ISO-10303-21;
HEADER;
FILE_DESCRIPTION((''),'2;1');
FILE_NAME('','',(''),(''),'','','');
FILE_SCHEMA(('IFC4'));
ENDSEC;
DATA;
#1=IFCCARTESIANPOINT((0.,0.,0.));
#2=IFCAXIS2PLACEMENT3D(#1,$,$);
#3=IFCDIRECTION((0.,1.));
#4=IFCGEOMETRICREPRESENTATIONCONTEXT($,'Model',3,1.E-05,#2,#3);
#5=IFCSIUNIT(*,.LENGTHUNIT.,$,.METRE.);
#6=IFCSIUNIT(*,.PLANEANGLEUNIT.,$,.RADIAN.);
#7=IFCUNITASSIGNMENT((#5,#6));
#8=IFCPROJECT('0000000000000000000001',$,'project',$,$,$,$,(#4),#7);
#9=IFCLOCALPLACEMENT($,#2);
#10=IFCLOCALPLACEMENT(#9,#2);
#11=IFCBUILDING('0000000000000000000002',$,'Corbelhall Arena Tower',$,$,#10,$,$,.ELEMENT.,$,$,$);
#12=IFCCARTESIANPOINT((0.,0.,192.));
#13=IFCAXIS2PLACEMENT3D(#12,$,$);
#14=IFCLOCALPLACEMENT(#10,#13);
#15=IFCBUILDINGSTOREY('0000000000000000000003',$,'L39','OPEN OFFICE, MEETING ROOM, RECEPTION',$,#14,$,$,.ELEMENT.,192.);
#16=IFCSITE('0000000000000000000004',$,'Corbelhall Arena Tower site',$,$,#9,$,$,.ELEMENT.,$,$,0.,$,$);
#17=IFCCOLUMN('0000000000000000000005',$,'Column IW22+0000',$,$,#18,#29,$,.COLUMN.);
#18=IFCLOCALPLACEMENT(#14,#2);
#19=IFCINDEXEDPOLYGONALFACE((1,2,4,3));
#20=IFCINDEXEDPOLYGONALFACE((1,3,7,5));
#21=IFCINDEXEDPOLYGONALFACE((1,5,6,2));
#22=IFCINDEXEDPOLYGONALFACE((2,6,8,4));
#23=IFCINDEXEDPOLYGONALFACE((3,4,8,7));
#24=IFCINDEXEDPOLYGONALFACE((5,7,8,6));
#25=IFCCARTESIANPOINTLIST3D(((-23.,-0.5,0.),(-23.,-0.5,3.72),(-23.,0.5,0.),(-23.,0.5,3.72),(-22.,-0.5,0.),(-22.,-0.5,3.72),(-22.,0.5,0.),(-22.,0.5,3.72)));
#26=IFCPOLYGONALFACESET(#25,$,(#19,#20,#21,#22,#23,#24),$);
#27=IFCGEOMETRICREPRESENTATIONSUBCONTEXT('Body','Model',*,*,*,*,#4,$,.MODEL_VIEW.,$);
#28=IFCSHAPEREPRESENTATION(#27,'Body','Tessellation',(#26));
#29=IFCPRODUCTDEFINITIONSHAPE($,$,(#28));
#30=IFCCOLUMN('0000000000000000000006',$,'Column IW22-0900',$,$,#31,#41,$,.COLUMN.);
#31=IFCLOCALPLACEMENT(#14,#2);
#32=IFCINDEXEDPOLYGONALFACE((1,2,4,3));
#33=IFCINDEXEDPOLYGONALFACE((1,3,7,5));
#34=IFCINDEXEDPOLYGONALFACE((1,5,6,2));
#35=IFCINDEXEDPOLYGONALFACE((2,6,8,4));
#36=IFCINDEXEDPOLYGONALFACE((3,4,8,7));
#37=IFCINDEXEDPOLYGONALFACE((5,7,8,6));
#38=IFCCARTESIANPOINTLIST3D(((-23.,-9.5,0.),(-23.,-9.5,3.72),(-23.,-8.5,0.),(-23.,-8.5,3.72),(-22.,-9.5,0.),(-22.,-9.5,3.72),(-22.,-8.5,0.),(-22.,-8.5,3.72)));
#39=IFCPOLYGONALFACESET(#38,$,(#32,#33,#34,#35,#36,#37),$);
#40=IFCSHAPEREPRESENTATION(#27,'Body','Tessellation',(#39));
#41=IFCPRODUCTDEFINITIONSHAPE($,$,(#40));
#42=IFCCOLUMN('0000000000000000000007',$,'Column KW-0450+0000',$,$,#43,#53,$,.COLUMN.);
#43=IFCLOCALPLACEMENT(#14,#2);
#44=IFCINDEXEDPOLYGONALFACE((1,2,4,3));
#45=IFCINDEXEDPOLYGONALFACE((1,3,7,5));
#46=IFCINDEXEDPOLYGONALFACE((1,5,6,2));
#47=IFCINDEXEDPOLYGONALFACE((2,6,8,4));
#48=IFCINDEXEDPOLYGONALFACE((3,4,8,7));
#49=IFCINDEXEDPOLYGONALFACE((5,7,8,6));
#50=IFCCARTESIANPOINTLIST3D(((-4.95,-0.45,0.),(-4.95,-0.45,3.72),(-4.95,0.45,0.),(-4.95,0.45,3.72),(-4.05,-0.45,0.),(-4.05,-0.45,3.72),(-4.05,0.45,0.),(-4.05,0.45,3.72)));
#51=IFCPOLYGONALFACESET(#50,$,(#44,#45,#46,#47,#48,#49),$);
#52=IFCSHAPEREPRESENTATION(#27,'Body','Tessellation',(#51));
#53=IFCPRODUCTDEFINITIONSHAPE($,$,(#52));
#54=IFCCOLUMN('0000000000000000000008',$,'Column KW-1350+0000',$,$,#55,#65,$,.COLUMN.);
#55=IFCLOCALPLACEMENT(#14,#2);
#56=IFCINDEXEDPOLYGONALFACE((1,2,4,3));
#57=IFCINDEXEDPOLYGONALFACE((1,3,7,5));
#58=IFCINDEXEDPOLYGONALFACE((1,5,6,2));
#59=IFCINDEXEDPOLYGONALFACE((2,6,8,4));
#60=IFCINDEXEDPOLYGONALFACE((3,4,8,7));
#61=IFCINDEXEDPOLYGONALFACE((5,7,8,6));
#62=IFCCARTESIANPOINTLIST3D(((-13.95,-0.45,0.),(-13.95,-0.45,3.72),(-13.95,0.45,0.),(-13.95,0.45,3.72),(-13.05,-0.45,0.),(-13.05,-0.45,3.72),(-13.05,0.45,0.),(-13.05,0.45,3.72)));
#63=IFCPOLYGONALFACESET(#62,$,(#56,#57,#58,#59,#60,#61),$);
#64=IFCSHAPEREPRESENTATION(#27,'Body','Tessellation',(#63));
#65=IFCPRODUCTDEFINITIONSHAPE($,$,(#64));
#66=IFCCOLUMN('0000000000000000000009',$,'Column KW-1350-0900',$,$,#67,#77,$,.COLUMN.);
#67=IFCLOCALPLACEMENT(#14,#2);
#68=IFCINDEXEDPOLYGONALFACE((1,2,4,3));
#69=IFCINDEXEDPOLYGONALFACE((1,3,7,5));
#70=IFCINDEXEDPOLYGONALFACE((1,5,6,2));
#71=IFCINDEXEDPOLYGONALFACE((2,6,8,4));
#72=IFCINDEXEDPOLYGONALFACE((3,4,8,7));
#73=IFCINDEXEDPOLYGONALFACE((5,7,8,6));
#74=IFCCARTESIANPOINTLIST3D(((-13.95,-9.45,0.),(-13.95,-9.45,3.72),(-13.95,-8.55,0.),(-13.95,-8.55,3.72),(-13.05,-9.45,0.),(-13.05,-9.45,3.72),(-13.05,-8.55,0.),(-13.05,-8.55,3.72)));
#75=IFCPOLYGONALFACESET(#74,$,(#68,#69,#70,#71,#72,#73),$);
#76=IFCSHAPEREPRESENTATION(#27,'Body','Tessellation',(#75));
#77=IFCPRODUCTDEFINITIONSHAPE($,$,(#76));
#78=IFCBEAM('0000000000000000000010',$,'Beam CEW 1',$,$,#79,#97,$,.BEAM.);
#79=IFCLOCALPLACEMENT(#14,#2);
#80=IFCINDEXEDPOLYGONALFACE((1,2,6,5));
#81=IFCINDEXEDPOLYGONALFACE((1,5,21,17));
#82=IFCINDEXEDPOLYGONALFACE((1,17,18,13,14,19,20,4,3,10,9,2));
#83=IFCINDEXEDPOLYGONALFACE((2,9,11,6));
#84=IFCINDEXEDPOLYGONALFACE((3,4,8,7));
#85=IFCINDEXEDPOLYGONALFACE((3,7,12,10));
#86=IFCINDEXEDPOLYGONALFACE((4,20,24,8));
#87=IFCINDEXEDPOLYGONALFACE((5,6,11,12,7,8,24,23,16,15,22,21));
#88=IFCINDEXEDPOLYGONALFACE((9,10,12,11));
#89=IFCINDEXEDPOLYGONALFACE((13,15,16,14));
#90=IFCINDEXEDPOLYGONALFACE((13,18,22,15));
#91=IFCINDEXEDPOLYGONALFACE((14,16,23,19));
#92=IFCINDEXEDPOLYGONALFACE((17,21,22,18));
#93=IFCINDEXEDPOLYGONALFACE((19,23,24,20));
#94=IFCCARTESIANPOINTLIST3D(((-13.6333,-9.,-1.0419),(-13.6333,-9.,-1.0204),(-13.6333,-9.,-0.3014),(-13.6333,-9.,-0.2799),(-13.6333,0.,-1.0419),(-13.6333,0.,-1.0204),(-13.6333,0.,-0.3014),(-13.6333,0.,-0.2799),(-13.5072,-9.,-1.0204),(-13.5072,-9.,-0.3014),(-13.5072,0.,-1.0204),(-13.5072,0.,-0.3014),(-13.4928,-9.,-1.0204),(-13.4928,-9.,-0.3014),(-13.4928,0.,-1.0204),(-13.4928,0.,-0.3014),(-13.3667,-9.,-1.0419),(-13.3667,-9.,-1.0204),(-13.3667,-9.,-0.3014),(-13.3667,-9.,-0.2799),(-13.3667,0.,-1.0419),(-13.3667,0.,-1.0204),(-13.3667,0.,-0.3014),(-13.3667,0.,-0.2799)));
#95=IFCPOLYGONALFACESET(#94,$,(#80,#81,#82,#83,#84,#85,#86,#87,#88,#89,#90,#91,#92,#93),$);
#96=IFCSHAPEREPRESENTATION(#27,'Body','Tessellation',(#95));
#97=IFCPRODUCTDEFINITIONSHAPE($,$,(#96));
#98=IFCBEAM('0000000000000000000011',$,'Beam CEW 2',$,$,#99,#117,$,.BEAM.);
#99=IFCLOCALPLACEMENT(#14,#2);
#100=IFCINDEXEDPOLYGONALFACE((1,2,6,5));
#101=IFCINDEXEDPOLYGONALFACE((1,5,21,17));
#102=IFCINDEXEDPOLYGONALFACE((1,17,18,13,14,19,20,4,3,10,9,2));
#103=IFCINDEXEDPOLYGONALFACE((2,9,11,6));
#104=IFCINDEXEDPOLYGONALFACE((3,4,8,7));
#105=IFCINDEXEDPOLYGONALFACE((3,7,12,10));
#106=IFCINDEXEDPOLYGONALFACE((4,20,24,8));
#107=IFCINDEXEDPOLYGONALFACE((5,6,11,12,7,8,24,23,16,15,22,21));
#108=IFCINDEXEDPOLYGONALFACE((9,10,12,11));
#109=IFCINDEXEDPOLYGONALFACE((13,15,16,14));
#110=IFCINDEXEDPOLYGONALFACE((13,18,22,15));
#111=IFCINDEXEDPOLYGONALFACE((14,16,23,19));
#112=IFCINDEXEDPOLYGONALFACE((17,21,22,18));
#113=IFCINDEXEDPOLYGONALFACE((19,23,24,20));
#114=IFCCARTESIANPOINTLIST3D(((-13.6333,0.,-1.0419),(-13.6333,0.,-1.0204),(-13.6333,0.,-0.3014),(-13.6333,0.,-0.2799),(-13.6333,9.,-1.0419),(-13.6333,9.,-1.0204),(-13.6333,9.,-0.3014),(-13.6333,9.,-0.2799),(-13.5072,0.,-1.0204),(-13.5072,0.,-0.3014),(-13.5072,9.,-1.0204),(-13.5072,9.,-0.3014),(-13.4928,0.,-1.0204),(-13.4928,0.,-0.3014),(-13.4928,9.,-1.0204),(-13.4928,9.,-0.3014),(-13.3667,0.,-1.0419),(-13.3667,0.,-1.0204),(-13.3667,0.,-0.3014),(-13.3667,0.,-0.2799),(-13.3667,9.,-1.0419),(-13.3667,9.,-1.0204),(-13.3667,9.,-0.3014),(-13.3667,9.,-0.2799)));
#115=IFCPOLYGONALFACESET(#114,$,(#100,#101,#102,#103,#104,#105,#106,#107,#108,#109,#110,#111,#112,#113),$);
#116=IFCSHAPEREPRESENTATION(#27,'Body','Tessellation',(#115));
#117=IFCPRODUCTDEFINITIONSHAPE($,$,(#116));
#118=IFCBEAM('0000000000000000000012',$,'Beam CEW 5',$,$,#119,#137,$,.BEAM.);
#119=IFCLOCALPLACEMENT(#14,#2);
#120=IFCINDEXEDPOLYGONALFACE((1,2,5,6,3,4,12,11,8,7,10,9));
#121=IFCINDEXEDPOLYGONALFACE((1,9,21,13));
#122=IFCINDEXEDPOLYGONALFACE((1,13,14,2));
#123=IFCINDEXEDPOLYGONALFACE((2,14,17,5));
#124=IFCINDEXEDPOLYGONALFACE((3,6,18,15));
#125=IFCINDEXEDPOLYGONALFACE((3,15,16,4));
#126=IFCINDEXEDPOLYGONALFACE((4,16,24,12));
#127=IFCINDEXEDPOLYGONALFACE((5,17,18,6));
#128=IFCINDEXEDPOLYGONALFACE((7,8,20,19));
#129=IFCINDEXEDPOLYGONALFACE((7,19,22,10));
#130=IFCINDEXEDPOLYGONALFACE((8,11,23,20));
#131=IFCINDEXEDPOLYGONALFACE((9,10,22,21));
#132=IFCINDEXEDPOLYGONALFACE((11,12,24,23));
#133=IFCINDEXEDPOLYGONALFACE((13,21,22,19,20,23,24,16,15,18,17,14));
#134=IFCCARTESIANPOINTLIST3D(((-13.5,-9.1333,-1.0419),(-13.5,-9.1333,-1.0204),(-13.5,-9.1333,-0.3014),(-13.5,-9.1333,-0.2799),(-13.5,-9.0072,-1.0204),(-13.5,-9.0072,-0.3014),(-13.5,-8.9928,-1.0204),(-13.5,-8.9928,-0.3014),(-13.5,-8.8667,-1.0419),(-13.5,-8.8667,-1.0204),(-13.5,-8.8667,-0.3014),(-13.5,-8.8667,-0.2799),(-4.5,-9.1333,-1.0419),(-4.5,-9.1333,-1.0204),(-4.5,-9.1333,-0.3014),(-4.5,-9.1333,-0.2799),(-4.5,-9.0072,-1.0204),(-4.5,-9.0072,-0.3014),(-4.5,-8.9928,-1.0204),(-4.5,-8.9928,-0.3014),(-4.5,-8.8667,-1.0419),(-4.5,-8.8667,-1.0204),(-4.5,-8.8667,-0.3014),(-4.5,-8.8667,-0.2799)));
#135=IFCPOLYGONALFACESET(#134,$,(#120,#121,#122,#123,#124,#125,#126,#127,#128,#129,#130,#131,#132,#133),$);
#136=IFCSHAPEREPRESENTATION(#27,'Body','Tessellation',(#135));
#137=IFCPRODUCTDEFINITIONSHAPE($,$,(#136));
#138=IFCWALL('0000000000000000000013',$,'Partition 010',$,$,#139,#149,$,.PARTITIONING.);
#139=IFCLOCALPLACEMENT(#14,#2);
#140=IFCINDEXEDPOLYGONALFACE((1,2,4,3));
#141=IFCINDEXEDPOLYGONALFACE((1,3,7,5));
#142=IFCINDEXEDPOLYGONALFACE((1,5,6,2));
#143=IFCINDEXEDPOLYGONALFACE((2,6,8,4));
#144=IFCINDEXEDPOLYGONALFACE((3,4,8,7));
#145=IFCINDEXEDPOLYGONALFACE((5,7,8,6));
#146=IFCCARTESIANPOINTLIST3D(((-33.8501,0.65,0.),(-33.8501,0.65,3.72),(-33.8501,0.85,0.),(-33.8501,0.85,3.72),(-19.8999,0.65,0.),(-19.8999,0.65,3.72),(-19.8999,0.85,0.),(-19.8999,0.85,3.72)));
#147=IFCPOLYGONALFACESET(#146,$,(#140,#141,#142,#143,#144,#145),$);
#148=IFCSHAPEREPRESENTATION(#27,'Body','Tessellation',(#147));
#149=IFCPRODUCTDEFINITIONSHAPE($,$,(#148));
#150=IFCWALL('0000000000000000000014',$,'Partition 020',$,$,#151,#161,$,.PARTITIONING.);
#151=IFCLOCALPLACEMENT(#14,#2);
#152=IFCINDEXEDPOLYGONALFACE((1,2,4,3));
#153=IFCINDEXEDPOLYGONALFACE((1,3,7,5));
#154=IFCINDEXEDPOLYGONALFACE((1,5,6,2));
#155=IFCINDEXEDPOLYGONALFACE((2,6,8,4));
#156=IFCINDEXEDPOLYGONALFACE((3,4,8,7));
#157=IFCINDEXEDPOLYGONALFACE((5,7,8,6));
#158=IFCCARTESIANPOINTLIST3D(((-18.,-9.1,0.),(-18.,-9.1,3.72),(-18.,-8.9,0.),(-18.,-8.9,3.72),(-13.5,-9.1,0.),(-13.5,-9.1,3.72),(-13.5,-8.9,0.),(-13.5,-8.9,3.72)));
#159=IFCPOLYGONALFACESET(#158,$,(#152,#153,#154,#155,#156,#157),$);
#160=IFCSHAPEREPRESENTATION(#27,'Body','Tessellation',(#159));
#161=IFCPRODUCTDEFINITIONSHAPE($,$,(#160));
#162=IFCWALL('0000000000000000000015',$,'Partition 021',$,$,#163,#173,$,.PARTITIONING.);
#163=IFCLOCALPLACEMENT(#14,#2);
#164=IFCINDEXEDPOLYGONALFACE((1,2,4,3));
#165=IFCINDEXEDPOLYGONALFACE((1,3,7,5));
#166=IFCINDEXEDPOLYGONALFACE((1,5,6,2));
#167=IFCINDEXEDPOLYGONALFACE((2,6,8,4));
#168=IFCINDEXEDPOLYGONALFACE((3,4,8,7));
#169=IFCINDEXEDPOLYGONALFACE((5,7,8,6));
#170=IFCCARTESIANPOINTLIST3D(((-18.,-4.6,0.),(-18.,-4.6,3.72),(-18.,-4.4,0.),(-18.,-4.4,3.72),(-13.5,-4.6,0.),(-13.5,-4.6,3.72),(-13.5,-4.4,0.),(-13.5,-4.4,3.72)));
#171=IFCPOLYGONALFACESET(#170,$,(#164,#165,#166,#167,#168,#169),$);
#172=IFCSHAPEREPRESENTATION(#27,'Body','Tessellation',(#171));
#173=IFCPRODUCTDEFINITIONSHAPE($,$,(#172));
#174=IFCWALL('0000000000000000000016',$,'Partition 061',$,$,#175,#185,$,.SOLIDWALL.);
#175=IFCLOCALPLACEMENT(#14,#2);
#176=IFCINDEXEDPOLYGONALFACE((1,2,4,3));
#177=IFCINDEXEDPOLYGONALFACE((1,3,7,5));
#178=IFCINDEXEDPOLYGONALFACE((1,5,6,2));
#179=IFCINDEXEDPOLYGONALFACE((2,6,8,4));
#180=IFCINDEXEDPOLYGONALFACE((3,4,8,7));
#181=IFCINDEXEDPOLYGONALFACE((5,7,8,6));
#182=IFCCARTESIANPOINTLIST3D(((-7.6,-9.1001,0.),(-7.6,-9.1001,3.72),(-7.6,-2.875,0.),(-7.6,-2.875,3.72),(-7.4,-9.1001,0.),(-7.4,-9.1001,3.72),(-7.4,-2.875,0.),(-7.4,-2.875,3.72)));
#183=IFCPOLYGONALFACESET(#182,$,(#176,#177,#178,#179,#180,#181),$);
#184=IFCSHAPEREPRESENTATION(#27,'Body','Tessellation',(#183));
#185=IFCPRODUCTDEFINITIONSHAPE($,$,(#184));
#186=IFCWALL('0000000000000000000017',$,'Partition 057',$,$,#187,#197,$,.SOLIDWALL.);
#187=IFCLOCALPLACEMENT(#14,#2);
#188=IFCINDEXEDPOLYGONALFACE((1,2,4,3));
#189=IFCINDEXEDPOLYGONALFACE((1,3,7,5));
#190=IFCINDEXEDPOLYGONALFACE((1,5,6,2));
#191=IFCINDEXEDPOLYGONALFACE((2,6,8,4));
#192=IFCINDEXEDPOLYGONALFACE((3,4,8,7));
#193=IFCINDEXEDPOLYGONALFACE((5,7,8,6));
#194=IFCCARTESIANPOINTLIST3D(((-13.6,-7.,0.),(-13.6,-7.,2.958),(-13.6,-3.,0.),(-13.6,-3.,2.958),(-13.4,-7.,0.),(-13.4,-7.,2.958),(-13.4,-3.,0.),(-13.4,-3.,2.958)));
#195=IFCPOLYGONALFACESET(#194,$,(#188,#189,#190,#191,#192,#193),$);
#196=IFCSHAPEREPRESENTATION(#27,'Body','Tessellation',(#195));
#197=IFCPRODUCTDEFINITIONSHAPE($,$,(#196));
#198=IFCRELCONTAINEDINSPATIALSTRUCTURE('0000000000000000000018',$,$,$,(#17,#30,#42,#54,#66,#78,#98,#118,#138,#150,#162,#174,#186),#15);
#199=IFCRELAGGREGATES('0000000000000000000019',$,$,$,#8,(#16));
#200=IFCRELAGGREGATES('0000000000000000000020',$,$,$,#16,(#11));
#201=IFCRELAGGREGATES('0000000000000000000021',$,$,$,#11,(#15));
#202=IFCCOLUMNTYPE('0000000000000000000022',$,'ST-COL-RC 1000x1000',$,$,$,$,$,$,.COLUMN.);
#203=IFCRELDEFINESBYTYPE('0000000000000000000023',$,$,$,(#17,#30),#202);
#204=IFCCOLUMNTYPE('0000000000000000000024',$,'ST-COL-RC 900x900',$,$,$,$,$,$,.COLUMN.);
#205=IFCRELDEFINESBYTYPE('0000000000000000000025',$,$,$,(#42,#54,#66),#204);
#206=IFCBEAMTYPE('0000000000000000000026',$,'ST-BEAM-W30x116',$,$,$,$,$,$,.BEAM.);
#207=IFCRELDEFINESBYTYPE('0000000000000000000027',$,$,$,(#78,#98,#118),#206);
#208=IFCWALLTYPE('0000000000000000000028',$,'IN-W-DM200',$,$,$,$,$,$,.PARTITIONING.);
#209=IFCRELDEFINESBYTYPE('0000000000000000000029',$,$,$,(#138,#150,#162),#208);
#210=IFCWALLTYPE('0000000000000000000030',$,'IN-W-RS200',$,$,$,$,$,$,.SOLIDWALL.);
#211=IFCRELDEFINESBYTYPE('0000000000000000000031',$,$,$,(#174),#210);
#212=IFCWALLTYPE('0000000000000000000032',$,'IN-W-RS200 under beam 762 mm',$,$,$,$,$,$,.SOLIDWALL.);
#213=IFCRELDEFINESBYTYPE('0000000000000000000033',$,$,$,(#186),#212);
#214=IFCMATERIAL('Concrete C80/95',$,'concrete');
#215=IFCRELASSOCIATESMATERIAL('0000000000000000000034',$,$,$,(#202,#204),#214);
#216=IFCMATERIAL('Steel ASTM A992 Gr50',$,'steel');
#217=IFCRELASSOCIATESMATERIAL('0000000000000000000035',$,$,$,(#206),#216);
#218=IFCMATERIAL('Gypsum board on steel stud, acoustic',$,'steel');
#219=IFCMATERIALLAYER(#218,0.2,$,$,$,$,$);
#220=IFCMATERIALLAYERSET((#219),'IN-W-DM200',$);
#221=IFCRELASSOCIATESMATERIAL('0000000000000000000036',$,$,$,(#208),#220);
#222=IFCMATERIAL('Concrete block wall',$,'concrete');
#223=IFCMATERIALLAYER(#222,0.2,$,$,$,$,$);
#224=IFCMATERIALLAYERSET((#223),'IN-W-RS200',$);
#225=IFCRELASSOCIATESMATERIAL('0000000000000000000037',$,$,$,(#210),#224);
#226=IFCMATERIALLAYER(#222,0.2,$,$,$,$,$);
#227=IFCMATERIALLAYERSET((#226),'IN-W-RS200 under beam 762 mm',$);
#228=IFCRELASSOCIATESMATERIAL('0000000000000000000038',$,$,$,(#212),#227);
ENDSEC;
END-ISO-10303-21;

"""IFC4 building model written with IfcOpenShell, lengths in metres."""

from ifc_helpers import new_model, si_unit, direction, frame, frame_2d, origin, origin_2d, place, context, subcontext, project, spatial, rectangle, i_section, extrude, material, layer, layer_set, material_profile, profile_set, type_object, element, save


model = new_model("IFC4")

# Units and contexts
model_context = context("Model", 3, precision=1e-05, world=origin(), true_north=direction((0.0, 1.0)))
body_context = subcontext(model_context, "Body", "Model", "MODEL_VIEW")
ifc_project = project(units=[si_unit("LENGTHUNIT", "METRE"), si_unit("PLANEANGLEUNIT", "RADIAN")], contexts=[model_context])

# Site, building, storey
site_placement = place(None, origin())
site = spatial("IfcSite", under=ifc_project, at=site_placement, Name="Corbelhall Arena Tower site", CompositionType="ELEMENT", RefElevation=0.0)
building_placement = place(site_placement, origin())
building = spatial("IfcBuilding", under=site, at=building_placement, Name="Corbelhall Arena Tower", CompositionType="ELEMENT")
storey_placement = place(building_placement, frame((0.0, 0.0, 192.0)))
storey = spatial("IfcBuildingStorey", under=building, at=storey_placement, Name="L39", Description="OPEN OFFICE, MEETING ROOM, RECEPTION", CompositionType="ELEMENT", Elevation=192.0)

# Columns
ifc_material_1 = material(Name="Concrete C80/95", Category="concrete")
ifc_material_profile_1 = material_profile(ifc_material_1, rectangle(XDim=1.0, YDim=1.0, at=origin_2d()))
ifc_profile_set_1 = profile_set([ifc_material_profile_1], Name="Concrete C80/95")
column_type_1 = type_object("IfcColumnType", Name="ST-COL-RC 1000x1000", PredefinedType="COLUMN", material=ifc_profile_set_1)
for number, where, z_axis, x_axis, name in (
    (1, (-22.5, 0.0, 0.0), (0.0, 0.0, 1.0), (1.0, 0.0, 0.0), "Column IW22+0000"),
    (2, (-22.5, -9.0, 0.0), (0.0, 0.0, 1.0), (1.0, 0.0, 0.0), "Column IW22-0900"),
):
    element("IfcColumn", number, at=place(storey_placement, frame(where, z_axis=z_axis, x_axis=x_axis)), inside=storey, type_object=column_type_1, Name=name, PredefinedType="COLUMN", context=body_context, shape_type="SweptSolid", body=[
        extrude(rectangle(XDim=1.0, YDim=1.0, at=origin_2d()), origin(), (0.0, 0.0, 1.0), 3.72),
    ])
ifc_material_profile_2 = material_profile(ifc_material_1, rectangle(XDim=0.8999, YDim=0.8999, at=origin_2d()))
ifc_profile_set_2 = profile_set([ifc_material_profile_2], Name="Concrete C80/95")
column_type_2 = type_object("IfcColumnType", Name="ST-COL-RC 900x900", PredefinedType="COLUMN", material=ifc_profile_set_2)
for number, where, z_axis, x_axis, name in (
    (3, (-4.5, 0.0, 0.0), (0.0, 0.0, 1.0), (1.0, 0.0, 0.0), "Column KW-0450+0000"),
    (4, (-13.5, 0.0, 0.0), (0.0, 0.0, 1.0), (1.0, 0.0, 0.0), "Column KW-1350+0000"),
    (5, (-13.5, -9.0, 0.0), (0.0, 0.0, 1.0), (1.0, 0.0, 0.0), "Column KW-1350-0900"),
):
    element("IfcColumn", number, at=place(storey_placement, frame(where, z_axis=z_axis, x_axis=x_axis)), inside=storey, type_object=column_type_2, Name=name, PredefinedType="COLUMN", context=body_context, shape_type="SweptSolid", body=[
        extrude(rectangle(XDim=0.8999, YDim=0.8999, at=origin_2d()), origin(), (0.0, 0.0, 1.0), 3.72),
    ])

# Beams
ifc_material_2 = material(Name="Steel ASTM A992 Gr50", Category="steel")
ifc_material_profile_3 = material_profile(ifc_material_2, i_section(OverallWidth=0.2666, OverallDepth=0.762, WebThickness=0.0144, FlangeThickness=0.0215, at=origin_2d()))
ifc_profile_set_3 = profile_set([ifc_material_profile_3], Name="Steel ASTM A992 Gr50")
beam_type = type_object("IfcBeamType", Name="ST-BEAM-W30x116", PredefinedType="BEAM", material=ifc_profile_set_3)
for number, where, z_axis, x_axis, name in (
    (6, (-13.5, -9.0, -0.6609), (0.0, 1.0, 0.0), (-1.0, 0.0, 0.0), "Beam CEW 1"),
    (7, (-13.5, 0.0, -0.6609), (0.0, 1.0, 0.0), (-1.0, 0.0, 0.0), "Beam CEW 2"),
    (8, (-13.5, -9.0, -0.6609), (1.0, 0.0, 0.0), (0.0, 1.0, 0.0), "Beam CEW 5"),
):
    element("IfcBeam", number, at=place(storey_placement, frame(where, z_axis=z_axis, x_axis=x_axis)), inside=storey, type_object=beam_type, Name=name, PredefinedType="BEAM", context=body_context, shape_type="SweptSolid", body=[
        extrude(i_section(OverallWidth=0.2666, OverallDepth=0.762, WebThickness=0.0144, FlangeThickness=0.0215, at=origin_2d()), origin(), (0.0, 0.0, 1.0), 9.0),
    ])

# Walls
ifc_material_3 = material(Name="Gypsum board on steel stud, acoustic", Category="steel")
ifc_layer_1 = layer(ifc_material_3, 0.2)
ifc_layer_set_1 = layer_set([ifc_layer_1], Name="IN-W-DM200")
wall_type_1 = type_object("IfcWallType", Name="IN-W-DM200", PredefinedType="PARTITIONING", material=ifc_layer_set_1)
wall_1_placement = place(storey_placement, frame((-19.8999, 0.75, 0.0), z_axis=(0.0, 0.0, 1.0), x_axis=(-1.0, 0.0, 0.0)))
element("IfcWall", 9, at=wall_1_placement, inside=storey, type_object=wall_type_1, Name="Partition 010", PredefinedType="PARTITIONING", context=body_context, shape_type="SweptSolid", body=[
    extrude(rectangle(XDim=13.9502, YDim=0.2, at=frame_2d((6.9751, 0.0))), origin(), (0.0, 0.0, 1.0), 3.72),
])
for number, where, z_axis, x_axis, name in (
    (10, (-18.0, -9.0, 0.0), (0.0, 0.0, 1.0), (1.0, 0.0, 0.0), "Partition 020"),
    (11, (-18.0, -4.5, 0.0), (0.0, 0.0, 1.0), (1.0, 0.0, 0.0), "Partition 021"),
):
    element("IfcWall", number, at=place(storey_placement, frame(where, z_axis=z_axis, x_axis=x_axis)), inside=storey, type_object=wall_type_1, Name=name, PredefinedType="PARTITIONING", context=body_context, shape_type="SweptSolid", body=[
        extrude(rectangle(XDim=4.5, YDim=0.2, at=frame_2d((2.25, 0.0))), origin(), (0.0, 0.0, 1.0), 3.72),
    ])

# Shared definitions
ifc_material_4 = material(Name="Concrete block wall", Category="concrete")
ifc_layer_2 = layer(ifc_material_4, 0.2)
ifc_layer_set_2 = layer_set([ifc_layer_2], Name="IN-W-RS200")
wall_type_2 = type_object("IfcWallType", Name="IN-W-RS200", PredefinedType="SOLIDWALL", material=ifc_layer_set_2)

# Walls
wall_2_placement = place(storey_placement, frame((-7.5, -9.1001, 0.0), z_axis=(0.0, 0.0, 1.0), x_axis=(0.0, 1.0, 0.0)))
element("IfcWall", 12, at=wall_2_placement, inside=storey, type_object=wall_type_2, Name="Partition 061", PredefinedType="SOLIDWALL", context=body_context, shape_type="SweptSolid", body=[
    extrude(rectangle(XDim=6.2251, YDim=0.2, at=frame_2d((3.1125, 0.0))), origin(), (0.0, 0.0, 1.0), 3.72),
])
ifc_layer_3 = layer(ifc_material_4, 0.2)
ifc_layer_set_3 = layer_set([ifc_layer_3], Name="IN-W-RS200 under beam 762 mm")
wall_type_3 = type_object("IfcWallType", Name="IN-W-RS200 under beam 762 mm", PredefinedType="SOLIDWALL", material=ifc_layer_set_3)
wall_3_placement = place(storey_placement, frame((-13.5, -7.0, 0.0), z_axis=(0.0, 0.0, 1.0), x_axis=(0.0, 1.0, 0.0)))
element("IfcWall", 13, at=wall_3_placement, inside=storey, type_object=wall_type_3, Name="Partition 057", PredefinedType="SOLIDWALL", context=body_context, shape_type="SweptSolid", body=[
    extrude(rectangle(XDim=4.0, YDim=0.2, at=frame_2d((2.0, 0.0))), origin(), (0.0, 0.0, 1.0), 2.958),
])

save(model, "model.ifc")
